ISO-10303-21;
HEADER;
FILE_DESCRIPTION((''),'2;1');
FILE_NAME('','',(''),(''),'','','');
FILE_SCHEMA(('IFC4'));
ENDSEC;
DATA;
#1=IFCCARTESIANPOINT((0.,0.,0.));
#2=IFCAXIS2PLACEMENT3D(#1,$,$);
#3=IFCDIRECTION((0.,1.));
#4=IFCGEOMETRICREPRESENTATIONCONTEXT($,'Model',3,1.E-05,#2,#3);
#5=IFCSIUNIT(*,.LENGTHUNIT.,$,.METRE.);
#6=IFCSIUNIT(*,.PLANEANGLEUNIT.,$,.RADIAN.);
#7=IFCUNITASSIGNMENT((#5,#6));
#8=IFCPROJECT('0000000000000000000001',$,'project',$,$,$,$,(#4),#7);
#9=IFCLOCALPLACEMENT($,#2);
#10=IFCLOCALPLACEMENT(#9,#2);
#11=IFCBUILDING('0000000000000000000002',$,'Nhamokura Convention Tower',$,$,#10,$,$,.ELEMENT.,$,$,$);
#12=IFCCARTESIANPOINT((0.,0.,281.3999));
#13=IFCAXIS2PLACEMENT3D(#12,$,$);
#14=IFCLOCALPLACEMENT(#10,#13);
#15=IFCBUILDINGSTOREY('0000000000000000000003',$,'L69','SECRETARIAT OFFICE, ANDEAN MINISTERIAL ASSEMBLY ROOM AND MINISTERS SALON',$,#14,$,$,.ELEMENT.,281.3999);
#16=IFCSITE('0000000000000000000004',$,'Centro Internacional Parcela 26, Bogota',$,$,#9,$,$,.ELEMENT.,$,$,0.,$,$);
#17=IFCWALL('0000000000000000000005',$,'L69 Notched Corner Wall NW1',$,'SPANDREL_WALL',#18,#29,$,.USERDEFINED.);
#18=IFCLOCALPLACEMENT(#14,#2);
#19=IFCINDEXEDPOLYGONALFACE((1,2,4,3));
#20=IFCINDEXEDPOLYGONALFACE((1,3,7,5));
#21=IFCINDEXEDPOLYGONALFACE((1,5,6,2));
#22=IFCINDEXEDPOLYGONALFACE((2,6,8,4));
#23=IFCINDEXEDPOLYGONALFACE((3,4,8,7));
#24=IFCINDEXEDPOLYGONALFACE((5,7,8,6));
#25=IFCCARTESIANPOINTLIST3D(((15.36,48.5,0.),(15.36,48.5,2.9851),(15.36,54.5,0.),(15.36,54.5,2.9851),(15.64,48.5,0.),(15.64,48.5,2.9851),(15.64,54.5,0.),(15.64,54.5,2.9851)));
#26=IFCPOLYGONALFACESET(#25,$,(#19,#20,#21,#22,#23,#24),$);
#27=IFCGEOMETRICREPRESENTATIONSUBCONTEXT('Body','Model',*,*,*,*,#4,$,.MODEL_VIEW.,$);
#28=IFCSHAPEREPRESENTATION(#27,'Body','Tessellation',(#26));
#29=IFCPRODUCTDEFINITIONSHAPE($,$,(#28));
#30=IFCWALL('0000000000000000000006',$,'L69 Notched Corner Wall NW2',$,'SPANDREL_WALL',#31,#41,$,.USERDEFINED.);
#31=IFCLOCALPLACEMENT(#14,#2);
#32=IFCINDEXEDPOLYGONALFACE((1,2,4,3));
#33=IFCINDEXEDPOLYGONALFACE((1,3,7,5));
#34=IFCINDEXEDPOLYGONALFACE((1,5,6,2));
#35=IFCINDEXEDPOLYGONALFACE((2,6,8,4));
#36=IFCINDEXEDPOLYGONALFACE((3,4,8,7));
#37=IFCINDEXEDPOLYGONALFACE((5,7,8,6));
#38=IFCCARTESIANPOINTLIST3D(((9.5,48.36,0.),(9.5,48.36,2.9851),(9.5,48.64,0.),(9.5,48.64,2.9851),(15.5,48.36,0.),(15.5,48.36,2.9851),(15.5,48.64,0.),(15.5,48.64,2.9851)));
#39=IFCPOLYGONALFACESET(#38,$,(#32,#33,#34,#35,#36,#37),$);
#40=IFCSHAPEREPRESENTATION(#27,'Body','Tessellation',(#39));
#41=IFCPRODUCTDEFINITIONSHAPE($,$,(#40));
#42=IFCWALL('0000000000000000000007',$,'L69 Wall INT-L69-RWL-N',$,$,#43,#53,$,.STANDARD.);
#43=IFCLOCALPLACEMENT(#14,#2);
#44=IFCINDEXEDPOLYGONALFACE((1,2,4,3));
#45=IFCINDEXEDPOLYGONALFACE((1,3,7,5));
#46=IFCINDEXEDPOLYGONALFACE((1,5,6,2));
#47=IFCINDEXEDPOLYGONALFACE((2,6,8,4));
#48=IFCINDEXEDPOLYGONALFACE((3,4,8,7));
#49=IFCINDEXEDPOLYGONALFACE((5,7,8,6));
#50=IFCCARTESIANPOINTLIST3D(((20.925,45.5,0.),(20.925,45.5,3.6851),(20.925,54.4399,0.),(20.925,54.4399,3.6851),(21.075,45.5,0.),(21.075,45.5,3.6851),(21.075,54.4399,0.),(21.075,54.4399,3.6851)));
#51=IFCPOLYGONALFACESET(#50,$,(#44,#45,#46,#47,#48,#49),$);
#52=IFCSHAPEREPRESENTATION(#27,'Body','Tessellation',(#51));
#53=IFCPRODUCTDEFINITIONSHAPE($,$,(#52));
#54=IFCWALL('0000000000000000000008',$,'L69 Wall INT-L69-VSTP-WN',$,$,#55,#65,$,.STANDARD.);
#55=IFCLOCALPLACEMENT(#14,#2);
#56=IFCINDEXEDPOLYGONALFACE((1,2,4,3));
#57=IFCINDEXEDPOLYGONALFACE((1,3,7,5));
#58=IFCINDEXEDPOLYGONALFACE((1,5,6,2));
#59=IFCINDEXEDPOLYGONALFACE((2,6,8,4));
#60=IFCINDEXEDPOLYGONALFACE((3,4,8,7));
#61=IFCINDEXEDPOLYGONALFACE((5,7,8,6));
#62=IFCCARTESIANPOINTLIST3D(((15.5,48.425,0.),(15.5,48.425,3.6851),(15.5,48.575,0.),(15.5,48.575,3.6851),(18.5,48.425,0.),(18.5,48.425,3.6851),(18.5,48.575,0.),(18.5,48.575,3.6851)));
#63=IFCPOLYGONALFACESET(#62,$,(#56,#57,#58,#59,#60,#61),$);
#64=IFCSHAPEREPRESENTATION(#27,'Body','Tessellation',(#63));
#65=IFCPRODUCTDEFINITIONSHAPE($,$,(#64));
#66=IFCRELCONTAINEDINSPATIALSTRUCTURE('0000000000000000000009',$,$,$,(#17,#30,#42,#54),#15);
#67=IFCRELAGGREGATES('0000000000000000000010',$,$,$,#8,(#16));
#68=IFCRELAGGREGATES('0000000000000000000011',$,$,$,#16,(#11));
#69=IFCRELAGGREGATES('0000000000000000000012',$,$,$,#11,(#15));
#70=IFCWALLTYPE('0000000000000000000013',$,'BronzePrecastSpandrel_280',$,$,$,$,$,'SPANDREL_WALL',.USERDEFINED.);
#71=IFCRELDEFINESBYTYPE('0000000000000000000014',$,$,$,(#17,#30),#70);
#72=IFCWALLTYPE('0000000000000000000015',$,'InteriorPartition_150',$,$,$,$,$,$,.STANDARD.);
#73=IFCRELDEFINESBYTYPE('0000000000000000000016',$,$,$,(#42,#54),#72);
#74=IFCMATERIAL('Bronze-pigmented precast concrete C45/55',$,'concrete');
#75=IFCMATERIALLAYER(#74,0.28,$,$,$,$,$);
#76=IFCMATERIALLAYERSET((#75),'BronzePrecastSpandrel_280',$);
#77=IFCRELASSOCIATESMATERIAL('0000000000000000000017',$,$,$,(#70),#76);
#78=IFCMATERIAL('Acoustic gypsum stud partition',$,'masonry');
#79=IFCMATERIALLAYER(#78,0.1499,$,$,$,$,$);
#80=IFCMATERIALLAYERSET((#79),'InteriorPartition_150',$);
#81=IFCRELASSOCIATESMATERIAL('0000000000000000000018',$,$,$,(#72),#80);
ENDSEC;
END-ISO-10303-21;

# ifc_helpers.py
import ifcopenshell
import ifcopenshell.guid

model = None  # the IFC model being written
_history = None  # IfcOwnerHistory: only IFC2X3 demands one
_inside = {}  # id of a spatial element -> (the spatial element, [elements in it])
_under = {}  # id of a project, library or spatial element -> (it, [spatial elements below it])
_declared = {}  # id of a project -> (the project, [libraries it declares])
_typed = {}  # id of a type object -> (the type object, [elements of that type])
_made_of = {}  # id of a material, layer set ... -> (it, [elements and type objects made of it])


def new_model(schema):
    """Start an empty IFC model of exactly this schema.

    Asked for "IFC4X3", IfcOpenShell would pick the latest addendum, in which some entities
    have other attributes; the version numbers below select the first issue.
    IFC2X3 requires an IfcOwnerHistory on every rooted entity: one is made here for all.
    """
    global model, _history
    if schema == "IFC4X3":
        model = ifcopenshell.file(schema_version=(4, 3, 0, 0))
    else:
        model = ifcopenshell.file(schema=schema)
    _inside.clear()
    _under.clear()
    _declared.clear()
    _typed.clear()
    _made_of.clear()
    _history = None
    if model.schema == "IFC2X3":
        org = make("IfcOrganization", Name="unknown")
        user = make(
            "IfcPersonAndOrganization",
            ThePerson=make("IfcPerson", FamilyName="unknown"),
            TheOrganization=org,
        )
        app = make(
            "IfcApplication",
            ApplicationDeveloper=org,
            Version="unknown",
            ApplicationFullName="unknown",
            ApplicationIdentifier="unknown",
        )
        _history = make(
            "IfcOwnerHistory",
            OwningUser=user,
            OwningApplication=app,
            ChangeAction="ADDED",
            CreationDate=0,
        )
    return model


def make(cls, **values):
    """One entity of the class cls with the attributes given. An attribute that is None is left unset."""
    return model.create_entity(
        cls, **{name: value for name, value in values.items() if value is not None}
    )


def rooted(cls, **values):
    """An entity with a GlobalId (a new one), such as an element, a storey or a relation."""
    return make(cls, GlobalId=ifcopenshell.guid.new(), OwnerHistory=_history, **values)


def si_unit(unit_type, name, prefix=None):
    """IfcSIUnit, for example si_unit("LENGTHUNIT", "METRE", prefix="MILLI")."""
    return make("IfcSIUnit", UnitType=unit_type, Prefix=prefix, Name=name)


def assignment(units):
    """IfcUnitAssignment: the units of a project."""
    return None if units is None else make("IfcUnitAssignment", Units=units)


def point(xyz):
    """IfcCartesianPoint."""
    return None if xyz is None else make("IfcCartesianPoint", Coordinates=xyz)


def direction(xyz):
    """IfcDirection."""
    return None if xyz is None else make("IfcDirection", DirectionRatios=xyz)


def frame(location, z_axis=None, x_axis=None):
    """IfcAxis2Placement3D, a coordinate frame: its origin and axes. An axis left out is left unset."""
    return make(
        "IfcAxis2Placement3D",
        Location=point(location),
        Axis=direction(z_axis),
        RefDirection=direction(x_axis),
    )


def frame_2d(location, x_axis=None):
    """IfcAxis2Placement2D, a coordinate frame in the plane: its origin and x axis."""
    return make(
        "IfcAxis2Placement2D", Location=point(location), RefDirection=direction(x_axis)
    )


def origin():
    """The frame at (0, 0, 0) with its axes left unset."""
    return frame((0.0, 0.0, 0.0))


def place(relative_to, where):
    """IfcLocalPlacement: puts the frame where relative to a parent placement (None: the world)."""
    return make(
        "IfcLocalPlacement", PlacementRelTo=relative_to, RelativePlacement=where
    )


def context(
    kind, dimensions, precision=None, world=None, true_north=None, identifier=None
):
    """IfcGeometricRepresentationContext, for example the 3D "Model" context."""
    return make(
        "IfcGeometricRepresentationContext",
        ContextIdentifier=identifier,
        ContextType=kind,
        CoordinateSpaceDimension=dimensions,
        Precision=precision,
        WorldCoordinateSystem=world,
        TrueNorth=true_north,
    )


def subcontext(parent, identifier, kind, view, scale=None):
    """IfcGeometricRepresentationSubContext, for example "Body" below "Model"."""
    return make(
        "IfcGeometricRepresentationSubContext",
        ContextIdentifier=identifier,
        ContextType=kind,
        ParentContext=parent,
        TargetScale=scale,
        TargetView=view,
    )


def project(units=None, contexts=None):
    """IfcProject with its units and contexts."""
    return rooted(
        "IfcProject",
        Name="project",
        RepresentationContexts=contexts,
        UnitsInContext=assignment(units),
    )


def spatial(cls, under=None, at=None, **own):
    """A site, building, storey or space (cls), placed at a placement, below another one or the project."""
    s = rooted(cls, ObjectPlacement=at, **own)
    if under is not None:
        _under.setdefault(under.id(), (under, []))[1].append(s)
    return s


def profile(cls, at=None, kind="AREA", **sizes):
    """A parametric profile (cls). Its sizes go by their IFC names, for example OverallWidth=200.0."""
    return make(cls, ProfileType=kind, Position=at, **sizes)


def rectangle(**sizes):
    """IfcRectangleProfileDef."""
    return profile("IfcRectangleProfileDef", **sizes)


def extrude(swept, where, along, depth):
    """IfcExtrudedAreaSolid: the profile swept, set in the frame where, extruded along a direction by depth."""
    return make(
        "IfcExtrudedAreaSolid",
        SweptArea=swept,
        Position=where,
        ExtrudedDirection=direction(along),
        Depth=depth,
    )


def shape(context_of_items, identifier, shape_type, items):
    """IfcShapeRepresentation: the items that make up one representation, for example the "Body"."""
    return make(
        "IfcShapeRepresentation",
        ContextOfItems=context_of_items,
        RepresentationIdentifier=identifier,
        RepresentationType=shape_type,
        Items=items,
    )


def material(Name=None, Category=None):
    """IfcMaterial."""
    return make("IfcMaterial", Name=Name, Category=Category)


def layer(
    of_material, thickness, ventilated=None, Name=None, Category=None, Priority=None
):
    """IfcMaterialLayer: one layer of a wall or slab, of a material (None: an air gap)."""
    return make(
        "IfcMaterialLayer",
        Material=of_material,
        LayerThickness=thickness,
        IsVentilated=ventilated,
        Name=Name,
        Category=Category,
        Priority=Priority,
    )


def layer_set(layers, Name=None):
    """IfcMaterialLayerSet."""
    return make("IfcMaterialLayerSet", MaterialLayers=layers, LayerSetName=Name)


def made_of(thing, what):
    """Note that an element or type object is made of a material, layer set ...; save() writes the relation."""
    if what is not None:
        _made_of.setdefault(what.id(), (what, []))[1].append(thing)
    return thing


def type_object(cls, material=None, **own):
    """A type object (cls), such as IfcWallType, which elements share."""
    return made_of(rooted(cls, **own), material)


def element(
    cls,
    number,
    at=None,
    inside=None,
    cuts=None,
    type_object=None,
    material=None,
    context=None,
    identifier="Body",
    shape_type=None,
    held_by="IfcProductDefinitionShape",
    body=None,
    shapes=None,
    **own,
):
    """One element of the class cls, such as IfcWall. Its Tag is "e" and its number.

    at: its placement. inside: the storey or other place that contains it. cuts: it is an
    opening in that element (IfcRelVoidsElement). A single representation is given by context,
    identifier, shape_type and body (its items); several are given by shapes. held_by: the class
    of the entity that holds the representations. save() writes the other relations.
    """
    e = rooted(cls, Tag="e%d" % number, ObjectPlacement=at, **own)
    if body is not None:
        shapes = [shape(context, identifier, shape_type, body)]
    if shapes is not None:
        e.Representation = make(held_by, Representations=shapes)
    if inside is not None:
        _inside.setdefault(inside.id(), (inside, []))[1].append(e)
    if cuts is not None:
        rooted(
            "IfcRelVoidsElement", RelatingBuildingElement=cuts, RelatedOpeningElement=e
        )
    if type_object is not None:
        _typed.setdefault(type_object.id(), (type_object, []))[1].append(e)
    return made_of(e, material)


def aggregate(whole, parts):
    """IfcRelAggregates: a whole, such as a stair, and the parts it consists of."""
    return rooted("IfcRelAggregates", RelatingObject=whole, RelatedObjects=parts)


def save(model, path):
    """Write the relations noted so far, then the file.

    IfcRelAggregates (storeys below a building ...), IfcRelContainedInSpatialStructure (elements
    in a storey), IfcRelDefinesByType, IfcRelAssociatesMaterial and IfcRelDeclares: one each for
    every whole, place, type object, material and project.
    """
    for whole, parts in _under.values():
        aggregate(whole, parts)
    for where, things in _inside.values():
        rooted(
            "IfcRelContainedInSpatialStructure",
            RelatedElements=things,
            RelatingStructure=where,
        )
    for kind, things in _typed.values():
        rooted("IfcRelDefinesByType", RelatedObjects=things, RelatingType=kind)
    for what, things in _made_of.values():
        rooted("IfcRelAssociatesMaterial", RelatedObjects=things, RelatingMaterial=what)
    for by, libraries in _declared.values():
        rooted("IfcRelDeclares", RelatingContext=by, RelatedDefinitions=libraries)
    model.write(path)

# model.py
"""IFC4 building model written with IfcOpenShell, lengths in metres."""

from ifc_helpers import new_model, si_unit, direction, frame, frame_2d, origin, place, context, subcontext, project, spatial, rectangle, extrude, material, layer, layer_set, type_object, element, save


model = new_model("IFC4")

# Units and contexts
model_context = context("Model", 3, precision=1e-05, world=origin(), true_north=direction((0.0, 1.0)))
body_context = subcontext(model_context, "Body", "Model", "MODEL_VIEW")
ifc_project = project(units=[si_unit("LENGTHUNIT", "METRE"), si_unit("PLANEANGLEUNIT", "RADIAN")], contexts=[model_context])

# Site, building, storey
site_placement = place(None, origin())
site = spatial("IfcSite", under=ifc_project, at=site_placement, Name="Centro Internacional Parcela 26, Bogota", CompositionType="ELEMENT", RefElevation=0.0)
building_placement = place(site_placement, origin())
building = spatial("IfcBuilding", under=site, at=building_placement, Name="Nhamokura Convention Tower", CompositionType="ELEMENT")
storey_placement = place(building_placement, frame((0.0, 0.0, 281.3999)))
storey = spatial("IfcBuildingStorey", under=building, at=storey_placement, Name="L69", Description="SECRETARIAT OFFICE, ANDEAN MINISTERIAL ASSEMBLY ROOM AND MINISTERS SALON", CompositionType="ELEMENT", Elevation=281.3999)

# Walls
ifc_material_1 = material(Name="Bronze-pigmented precast concrete C45/55", Category="concrete")
ifc_layer_1 = layer(ifc_material_1, 0.28)
ifc_layer_set_1 = layer_set([ifc_layer_1], Name="BronzePrecastSpandrel_280")
wall_type_1 = type_object("IfcWallType", Name="BronzePrecastSpandrel_280", ElementType="SPANDREL_WALL", PredefinedType="USERDEFINED", material=ifc_layer_set_1)
for number, where, z_axis, x_axis, name in (
    (1, (15.5, 48.5, 0.0), (0.0, 0.0, 1.0), (0.0, 1.0, 0.0), "L69 Notched Corner Wall NW1"),
    (2, (9.5, 48.5, 0.0), (0.0, 0.0, 1.0), (1.0, 0.0, 0.0), "L69 Notched Corner Wall NW2"),
):
    element("IfcWall", number, at=place(storey_placement, frame(where, z_axis=z_axis, x_axis=x_axis)), inside=storey, type_object=wall_type_1, Name=name, ObjectType="SPANDREL_WALL", PredefinedType="USERDEFINED", context=body_context, shape_type="SweptSolid", body=[
        extrude(rectangle(XDim=6.0, YDim=0.28, at=frame_2d((3.0, 0.0))), origin(), (0.0, 0.0, 1.0), 2.9851),
    ])
ifc_material_2 = material(Name="Acoustic gypsum stud partition", Category="masonry")
ifc_layer_2 = layer(ifc_material_2, 0.1499)
ifc_layer_set_2 = layer_set([ifc_layer_2], Name="InteriorPartition_150")
wall_type_2 = type_object("IfcWallType", Name="InteriorPartition_150", PredefinedType="STANDARD", material=ifc_layer_set_2)
wall_1_placement = place(storey_placement, frame((21.0, 45.5, 0.0), z_axis=(0.0, 0.0, 1.0), x_axis=(0.0, 1.0, 0.0)))
element("IfcWall", 3, at=wall_1_placement, inside=storey, type_object=wall_type_2, Name="L69 Wall INT-L69-RWL-N", PredefinedType="STANDARD", context=body_context, shape_type="SweptSolid", body=[
    extrude(rectangle(XDim=8.9399, YDim=0.1499, at=frame_2d((4.47, 0.0))), origin(), (0.0, 0.0, 1.0), 3.6851),
])
wall_2_placement = place(storey_placement, frame((15.5, 48.5, 0.0), z_axis=(0.0, 0.0, 1.0), x_axis=(1.0, 0.0, 0.0)))
element("IfcWall", 4, at=wall_2_placement, inside=storey, type_object=wall_type_2, Name="L69 Wall INT-L69-VSTP-WN", PredefinedType="STANDARD", context=body_context, shape_type="SweptSolid", body=[
    extrude(rectangle(XDim=3.0, YDim=0.1499, at=frame_2d((1.5, 0.0))), origin(), (0.0, 0.0, 1.0), 3.6851),
])

save(model, "model.ifc")
